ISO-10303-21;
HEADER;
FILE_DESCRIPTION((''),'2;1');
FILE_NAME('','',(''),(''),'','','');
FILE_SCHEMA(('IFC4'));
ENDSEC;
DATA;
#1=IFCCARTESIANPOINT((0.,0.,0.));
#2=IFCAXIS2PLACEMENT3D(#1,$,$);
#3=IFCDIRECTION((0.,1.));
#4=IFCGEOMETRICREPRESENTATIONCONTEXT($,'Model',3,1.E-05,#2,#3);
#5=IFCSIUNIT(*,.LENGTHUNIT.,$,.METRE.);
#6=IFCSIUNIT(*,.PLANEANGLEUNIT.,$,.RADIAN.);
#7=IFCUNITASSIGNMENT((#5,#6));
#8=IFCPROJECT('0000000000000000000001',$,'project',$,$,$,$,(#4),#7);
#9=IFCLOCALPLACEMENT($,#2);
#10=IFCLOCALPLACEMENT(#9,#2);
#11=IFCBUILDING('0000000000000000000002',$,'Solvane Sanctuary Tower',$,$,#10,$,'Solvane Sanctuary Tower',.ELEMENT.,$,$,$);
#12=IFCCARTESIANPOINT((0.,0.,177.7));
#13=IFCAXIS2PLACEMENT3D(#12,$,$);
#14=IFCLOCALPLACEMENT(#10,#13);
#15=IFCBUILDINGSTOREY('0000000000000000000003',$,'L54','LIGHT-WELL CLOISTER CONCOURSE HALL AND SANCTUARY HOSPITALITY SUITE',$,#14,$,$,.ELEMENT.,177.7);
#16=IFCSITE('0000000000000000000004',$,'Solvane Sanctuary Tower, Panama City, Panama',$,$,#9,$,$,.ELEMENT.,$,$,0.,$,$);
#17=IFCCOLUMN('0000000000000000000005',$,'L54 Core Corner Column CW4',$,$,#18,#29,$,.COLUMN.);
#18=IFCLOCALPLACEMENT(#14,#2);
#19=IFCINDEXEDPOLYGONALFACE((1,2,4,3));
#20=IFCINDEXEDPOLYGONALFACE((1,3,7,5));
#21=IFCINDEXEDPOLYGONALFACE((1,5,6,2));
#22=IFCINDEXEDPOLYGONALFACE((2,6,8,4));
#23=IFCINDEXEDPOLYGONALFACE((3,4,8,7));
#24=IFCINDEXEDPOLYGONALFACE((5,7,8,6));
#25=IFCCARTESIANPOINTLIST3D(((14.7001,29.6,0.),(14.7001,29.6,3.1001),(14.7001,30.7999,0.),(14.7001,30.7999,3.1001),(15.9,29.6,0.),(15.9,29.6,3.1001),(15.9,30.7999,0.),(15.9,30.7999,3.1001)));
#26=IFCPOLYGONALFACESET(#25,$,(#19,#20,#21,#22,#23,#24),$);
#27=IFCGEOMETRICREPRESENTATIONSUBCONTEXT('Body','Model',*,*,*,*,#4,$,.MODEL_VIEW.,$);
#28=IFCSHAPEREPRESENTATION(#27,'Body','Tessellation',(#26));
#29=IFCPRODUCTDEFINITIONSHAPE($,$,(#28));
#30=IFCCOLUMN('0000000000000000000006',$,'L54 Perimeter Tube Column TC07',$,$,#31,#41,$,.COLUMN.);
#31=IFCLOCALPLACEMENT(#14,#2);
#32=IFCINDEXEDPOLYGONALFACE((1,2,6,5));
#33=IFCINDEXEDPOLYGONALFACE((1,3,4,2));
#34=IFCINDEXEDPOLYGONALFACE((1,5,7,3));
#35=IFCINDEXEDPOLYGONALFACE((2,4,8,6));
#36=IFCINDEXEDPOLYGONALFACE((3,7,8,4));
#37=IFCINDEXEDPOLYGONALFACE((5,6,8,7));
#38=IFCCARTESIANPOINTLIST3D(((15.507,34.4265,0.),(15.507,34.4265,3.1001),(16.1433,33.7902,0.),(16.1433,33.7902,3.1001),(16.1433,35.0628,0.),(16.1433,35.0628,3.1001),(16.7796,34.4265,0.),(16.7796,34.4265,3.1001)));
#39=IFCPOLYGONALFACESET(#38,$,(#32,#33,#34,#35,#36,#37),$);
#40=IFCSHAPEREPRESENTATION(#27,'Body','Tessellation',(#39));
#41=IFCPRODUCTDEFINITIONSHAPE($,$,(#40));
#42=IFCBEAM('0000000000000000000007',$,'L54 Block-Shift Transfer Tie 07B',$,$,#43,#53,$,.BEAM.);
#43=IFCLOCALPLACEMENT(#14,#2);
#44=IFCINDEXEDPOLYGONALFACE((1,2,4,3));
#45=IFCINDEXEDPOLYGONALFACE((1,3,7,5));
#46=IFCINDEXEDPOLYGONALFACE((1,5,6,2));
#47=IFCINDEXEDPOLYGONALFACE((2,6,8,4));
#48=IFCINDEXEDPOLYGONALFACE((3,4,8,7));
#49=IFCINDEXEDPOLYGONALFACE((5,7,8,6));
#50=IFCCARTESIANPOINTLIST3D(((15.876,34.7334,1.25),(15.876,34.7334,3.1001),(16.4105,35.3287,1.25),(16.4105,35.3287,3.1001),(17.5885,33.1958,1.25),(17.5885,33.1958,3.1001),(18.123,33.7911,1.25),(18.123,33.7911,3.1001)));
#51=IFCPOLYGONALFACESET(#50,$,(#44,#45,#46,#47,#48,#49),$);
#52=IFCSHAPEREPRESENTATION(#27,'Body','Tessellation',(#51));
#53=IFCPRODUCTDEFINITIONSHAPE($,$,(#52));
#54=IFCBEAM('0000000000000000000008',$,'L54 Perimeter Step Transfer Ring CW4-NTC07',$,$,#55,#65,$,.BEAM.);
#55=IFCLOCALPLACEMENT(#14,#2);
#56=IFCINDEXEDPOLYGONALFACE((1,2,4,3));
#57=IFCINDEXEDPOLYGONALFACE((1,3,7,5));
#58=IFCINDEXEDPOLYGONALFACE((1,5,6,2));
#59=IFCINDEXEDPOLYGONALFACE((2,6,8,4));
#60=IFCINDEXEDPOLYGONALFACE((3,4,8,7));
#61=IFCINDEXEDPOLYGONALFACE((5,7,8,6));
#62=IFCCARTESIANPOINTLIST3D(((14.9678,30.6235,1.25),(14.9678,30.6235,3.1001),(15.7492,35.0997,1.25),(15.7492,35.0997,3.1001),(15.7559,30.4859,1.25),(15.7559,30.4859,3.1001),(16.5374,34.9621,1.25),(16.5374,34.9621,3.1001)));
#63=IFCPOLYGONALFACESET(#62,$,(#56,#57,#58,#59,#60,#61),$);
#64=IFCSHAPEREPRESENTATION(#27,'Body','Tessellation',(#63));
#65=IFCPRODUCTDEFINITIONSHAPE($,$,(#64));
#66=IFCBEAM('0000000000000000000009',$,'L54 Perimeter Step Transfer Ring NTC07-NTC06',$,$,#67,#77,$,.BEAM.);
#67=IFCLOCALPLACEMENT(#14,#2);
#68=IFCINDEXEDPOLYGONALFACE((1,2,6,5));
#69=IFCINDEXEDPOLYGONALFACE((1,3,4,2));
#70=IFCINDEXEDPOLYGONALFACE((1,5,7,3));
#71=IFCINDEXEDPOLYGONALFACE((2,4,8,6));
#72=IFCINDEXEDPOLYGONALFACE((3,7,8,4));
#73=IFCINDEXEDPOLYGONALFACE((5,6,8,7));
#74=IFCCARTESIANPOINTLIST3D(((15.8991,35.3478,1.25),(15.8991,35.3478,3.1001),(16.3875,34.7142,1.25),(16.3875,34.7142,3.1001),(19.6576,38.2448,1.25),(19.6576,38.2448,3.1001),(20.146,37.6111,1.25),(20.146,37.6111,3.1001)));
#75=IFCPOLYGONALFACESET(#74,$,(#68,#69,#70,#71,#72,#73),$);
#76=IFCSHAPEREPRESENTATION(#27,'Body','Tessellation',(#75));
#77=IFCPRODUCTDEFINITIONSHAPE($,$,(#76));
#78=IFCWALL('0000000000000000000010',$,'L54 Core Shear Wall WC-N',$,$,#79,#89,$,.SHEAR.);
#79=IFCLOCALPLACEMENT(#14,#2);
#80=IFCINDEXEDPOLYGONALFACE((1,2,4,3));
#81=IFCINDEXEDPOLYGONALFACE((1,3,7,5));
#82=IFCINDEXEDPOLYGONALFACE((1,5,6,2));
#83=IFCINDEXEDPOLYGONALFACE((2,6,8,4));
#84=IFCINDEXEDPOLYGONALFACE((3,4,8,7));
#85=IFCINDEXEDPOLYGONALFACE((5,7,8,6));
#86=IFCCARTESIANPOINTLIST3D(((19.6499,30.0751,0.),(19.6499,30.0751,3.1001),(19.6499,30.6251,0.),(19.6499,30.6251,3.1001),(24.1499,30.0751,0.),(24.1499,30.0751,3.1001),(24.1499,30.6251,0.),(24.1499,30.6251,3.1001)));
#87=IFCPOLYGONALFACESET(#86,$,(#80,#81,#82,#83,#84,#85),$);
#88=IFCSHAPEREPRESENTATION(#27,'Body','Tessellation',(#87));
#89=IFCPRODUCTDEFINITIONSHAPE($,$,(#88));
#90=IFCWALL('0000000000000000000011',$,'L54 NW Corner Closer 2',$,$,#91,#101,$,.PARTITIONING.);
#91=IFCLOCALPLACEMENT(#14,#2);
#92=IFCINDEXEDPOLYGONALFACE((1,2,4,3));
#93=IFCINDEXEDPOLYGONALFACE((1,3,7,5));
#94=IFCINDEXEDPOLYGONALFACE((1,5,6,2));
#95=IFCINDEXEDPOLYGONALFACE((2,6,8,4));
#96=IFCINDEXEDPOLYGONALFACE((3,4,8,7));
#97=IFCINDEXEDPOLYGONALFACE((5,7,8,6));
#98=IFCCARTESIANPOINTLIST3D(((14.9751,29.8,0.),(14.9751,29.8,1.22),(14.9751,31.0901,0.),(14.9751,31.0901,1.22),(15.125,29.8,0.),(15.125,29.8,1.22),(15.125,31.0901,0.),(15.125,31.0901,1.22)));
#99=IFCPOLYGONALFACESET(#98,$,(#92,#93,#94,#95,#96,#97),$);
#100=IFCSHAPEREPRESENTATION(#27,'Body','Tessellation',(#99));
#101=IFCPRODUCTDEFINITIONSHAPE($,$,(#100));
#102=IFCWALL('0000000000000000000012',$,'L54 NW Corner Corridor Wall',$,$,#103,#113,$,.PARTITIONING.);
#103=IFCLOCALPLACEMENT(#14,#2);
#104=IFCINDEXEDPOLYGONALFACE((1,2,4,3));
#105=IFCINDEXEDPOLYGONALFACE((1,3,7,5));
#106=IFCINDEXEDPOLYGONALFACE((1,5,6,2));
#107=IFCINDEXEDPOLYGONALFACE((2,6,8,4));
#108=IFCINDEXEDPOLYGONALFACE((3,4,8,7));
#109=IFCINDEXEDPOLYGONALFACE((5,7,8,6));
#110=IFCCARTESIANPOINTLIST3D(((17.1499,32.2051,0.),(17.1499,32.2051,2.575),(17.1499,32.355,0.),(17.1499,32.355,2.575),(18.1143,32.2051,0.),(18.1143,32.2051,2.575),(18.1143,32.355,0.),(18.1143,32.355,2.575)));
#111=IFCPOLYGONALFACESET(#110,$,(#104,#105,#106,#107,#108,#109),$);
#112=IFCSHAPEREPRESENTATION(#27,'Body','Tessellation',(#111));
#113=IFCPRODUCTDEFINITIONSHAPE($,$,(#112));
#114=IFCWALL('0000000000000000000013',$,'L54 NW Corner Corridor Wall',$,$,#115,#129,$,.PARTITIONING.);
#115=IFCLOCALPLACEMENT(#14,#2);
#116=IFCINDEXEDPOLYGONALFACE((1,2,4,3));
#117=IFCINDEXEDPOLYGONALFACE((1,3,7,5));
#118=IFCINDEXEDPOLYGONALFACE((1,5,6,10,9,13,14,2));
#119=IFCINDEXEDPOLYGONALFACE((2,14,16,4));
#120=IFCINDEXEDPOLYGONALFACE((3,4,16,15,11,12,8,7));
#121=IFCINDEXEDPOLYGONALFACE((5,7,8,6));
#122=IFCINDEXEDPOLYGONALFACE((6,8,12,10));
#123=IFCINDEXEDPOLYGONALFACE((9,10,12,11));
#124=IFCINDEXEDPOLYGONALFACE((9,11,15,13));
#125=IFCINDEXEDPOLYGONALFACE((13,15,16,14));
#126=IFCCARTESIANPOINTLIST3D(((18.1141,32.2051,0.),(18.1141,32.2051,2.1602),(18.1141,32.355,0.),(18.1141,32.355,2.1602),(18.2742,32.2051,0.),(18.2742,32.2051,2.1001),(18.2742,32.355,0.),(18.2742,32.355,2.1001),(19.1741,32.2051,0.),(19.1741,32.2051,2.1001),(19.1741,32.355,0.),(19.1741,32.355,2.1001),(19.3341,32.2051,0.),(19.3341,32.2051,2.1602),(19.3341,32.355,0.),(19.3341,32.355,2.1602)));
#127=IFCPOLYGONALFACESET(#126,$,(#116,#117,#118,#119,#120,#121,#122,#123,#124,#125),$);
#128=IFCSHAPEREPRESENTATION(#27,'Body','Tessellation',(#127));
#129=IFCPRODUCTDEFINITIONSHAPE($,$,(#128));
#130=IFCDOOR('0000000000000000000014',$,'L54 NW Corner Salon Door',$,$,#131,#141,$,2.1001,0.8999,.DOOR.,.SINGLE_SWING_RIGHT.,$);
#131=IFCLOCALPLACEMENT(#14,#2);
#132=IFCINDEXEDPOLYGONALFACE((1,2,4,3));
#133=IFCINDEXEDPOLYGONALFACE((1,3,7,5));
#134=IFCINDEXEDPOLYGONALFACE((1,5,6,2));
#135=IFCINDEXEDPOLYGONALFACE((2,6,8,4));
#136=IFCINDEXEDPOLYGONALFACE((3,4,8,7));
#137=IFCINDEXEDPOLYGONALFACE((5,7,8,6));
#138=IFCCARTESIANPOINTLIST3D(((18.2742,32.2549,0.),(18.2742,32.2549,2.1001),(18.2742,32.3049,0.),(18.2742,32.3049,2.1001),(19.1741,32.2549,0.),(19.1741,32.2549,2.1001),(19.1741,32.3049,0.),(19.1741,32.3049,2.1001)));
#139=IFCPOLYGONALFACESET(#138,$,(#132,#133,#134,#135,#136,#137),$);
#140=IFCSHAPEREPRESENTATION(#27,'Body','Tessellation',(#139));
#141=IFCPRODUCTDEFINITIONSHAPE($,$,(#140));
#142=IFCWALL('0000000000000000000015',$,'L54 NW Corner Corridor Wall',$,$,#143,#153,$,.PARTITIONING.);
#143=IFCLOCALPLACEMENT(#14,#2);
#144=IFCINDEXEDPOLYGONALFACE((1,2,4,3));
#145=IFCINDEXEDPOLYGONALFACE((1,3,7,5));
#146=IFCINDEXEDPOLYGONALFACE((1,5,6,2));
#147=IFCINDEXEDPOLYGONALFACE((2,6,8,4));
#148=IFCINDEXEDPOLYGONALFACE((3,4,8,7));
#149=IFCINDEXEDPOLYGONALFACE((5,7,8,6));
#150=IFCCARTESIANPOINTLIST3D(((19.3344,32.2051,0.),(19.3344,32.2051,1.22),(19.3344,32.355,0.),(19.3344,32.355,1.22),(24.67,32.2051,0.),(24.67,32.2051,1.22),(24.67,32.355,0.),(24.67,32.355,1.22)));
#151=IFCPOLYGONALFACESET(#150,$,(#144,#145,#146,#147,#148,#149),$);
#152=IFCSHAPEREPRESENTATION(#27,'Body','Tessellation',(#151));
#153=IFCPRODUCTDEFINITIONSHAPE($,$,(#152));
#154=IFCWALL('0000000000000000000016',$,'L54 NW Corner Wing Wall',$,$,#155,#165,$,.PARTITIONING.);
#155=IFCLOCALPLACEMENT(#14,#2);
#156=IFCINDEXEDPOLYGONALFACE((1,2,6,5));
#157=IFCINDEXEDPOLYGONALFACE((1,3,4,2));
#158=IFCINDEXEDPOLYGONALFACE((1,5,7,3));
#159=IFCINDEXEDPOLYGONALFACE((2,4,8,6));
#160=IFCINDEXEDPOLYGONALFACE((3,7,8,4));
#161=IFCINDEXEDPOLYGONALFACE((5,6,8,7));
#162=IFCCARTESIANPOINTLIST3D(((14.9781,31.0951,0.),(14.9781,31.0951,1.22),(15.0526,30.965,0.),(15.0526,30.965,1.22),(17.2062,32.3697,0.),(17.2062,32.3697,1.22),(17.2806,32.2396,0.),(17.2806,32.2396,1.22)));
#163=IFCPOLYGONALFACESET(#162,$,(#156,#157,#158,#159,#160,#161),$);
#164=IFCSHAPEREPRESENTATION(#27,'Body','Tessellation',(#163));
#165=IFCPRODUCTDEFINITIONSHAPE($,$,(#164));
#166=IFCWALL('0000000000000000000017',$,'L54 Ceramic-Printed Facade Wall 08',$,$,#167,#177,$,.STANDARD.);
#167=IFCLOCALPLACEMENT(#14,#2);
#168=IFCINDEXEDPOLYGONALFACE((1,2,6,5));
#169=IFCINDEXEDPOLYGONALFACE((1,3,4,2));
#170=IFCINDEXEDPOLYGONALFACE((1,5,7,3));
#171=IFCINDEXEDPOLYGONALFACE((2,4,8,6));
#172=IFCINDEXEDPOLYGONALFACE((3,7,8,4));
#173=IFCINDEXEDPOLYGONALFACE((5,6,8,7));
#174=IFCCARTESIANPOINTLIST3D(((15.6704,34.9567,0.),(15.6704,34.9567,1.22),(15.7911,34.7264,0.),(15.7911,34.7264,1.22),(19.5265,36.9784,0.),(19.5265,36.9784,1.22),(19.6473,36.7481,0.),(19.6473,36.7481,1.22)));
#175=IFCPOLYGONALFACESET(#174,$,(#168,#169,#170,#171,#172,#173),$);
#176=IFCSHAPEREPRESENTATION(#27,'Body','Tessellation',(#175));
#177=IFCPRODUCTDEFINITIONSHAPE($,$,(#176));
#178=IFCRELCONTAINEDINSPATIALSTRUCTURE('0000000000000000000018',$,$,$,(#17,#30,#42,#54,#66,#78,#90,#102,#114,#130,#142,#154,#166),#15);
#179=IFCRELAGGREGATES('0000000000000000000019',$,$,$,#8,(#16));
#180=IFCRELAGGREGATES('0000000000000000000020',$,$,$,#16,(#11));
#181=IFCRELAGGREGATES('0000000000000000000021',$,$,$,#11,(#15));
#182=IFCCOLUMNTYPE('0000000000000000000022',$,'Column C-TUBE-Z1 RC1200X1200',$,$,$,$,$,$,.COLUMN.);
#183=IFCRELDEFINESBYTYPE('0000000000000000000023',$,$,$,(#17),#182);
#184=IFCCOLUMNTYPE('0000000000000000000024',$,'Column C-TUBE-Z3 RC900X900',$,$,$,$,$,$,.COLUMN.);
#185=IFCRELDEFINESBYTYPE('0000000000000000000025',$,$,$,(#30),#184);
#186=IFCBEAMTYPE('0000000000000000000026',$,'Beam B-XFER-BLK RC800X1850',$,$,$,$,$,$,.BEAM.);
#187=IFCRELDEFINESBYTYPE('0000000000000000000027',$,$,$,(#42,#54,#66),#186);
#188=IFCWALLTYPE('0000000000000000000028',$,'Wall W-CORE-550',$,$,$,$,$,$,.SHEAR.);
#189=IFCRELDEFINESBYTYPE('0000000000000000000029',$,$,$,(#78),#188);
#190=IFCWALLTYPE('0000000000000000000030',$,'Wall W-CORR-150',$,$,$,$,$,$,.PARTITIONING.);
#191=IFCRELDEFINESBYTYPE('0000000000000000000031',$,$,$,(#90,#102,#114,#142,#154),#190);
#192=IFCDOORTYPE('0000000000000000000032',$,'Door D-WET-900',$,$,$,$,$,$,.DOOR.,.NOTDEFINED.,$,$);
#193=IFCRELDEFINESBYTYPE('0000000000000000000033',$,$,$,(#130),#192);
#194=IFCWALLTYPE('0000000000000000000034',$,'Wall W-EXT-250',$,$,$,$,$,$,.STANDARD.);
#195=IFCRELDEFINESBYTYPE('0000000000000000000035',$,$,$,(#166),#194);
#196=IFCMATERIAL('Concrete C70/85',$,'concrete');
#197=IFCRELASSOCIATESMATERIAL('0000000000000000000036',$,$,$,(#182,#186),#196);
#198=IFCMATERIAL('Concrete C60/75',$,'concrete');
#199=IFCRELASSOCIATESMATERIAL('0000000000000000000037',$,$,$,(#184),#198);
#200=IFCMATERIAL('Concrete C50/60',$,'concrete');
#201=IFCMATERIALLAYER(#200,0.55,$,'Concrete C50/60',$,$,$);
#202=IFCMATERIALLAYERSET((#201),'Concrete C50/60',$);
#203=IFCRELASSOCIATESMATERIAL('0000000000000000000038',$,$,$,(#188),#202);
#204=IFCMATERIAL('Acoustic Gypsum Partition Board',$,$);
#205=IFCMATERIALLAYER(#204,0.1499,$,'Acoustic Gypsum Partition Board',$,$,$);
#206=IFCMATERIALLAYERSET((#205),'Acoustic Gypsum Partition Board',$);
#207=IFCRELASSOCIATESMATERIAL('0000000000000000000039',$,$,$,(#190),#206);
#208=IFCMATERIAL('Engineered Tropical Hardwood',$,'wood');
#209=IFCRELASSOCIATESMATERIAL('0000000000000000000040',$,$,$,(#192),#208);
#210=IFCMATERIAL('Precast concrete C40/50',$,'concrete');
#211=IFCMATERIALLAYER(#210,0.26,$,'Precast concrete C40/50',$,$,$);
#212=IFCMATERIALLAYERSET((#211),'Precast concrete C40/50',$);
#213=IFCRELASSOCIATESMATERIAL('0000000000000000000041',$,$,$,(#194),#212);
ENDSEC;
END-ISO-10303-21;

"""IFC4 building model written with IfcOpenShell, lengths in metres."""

from ifc_helpers import new_model, si_unit, direction, frame, frame_2d, origin, origin_2d, place, context, subcontext, project, spatial, rectangle, extrude, material, layer, layer_set, material_profile, profile_set, type_object, element, fill, save


model = new_model("IFC4")

# Units and contexts
model_context = context("Model", 3, precision=1e-05, world=origin(), true_north=direction((0.0, 1.0)))
body_context = subcontext(model_context, "Body", "Model", "MODEL_VIEW")
ifc_project = project(units=[si_unit("LENGTHUNIT", "METRE"), si_unit("PLANEANGLEUNIT", "RADIAN")], contexts=[model_context])

# Site, building, storey
site_placement = place(None, origin())
site = spatial("IfcSite", under=ifc_project, at=site_placement, Name="Solvane Sanctuary Tower, Panama City, Panama", CompositionType="ELEMENT", RefElevation=0.0)
building_placement = place(site_placement, origin())
building = spatial("IfcBuilding", under=site, at=building_placement, Name="Solvane Sanctuary Tower", LongName="Solvane Sanctuary Tower", CompositionType="ELEMENT")
storey_placement = place(building_placement, frame((0.0, 0.0, 177.7)))
storey = spatial("IfcBuildingStorey", under=building, at=storey_placement, Name="L54", Description="LIGHT-WELL CLOISTER CONCOURSE HALL AND SANCTUARY HOSPITALITY SUITE", CompositionType="ELEMENT", Elevation=177.7)

# Columns
ifc_material_1 = material(Name="Concrete C70/85", Category="concrete")
ifc_material_profile_1 = material_profile(ifc_material_1, rectangle(XDim=1.2, YDim=1.2, at=origin_2d()), Name="RC1200X1200")
ifc_profile_set_1 = profile_set([ifc_material_profile_1], Name="Concrete C70/85")
column_type_1 = type_object("IfcColumnType", Name="Column C-TUBE-Z1 RC1200X1200", PredefinedType="COLUMN", material=ifc_profile_set_1)
column_1_placement = place(storey_placement, frame((15.3, 30.2, 0.0), z_axis=(0.0, 0.0, 1.0), x_axis=(1.0, 0.0, 0.0)))
element("IfcColumn", 1, at=column_1_placement, inside=storey, type_object=column_type_1, Name="L54 Core Corner Column CW4", PredefinedType="COLUMN", context=body_context, shape_type="SweptSolid", body=[
    extrude(rectangle(XDim=1.2, YDim=1.2, at=origin_2d()), origin(), (0.0, 0.0, 1.0), 3.1001),
])
ifc_material_2 = material(Name="Concrete C60/75", Category="concrete")
ifc_material_profile_2 = material_profile(ifc_material_2, rectangle(XDim=0.8999, YDim=0.8999, at=origin_2d()), Name="RC900X900")
ifc_profile_set_2 = profile_set([ifc_material_profile_2], Name="Concrete C60/75")
column_type_2 = type_object("IfcColumnType", Name="Column C-TUBE-Z3 RC900X900", PredefinedType="COLUMN", material=ifc_profile_set_2)
column_2_placement = place(storey_placement, frame((16.1433, 34.4265, 0.0), z_axis=(0.0, 0.0, 1.0), x_axis=(-0.707107, 0.707107, 0.0)))
element("IfcColumn", 2, at=column_2_placement, inside=storey, type_object=column_type_2, Name="L54 Perimeter Tube Column TC07", PredefinedType="COLUMN", context=body_context, shape_type="SweptSolid", body=[
    extrude(rectangle(XDim=0.8999, YDim=0.8999, at=origin_2d()), origin(), (0.0, 0.0, 1.0), 3.1001),
])

# Beams
ifc_material_profile_3 = material_profile(ifc_material_1, rectangle(XDim=0.8, YDim=1.8501, at=origin_2d()), Name="RC800X1850")
ifc_profile_set_3 = profile_set([ifc_material_profile_3], Name="Concrete C70/85")
beam_type = type_object("IfcBeamType", Name="Beam B-XFER-BLK RC800X1850", PredefinedType="BEAM", material=ifc_profile_set_3)
beam_1_placement = place(storey_placement, frame((17.8557, 33.4934, 2.175), z_axis=(-0.744064, 0.668109, 0.0), x_axis=(-0.668109, -0.744064, 0.0)))
element("IfcBeam", 3, at=beam_1_placement, inside=storey, type_object=beam_type, Name="L54 Block-Shift Transfer Tie 07B", PredefinedType="BEAM", context=body_context, shape_type="SweptSolid", body=[
    extrude(rectangle(XDim=0.8, YDim=1.8501, at=origin_2d()), origin(), (0.0, 0.0, 1.0), 2.3015),
])
beam_2_placement = place(storey_placement, frame((15.3618, 30.5547, 2.175), z_axis=(0.171983, 0.9851, 0.0), x_axis=(-0.9851, 0.171983, 0.0)))
element("IfcBeam", 4, at=beam_2_placement, inside=storey, type_object=beam_type, Name="L54 Perimeter Step Transfer Ring CW4-NTC07", PredefinedType="BEAM", context=body_context, shape_type="SweptSolid", body=[
    extrude(rectangle(XDim=0.8, YDim=1.8501, at=origin_2d()), origin(), (0.0, 0.0, 1.0), 4.5439),
])
beam_3_placement = place(storey_placement, frame((16.1433, 35.031, 2.175), z_axis=(0.792035, 0.610476, 0.0), x_axis=(-0.610476, 0.792035, 0.0)))
element("IfcBeam", 5, at=beam_3_placement, inside=storey, type_object=beam_type, Name="L54 Perimeter Step Transfer Ring NTC07-NTC06", PredefinedType="BEAM", context=body_context, shape_type="SweptSolid", body=[
    extrude(rectangle(XDim=0.8, YDim=1.8501, at=origin_2d()), origin(), (0.0, 0.0, 1.0), 4.7454),
])

# Walls
ifc_material_3 = material(Name="Concrete C50/60", Category="concrete")
ifc_layer_1 = layer(ifc_material_3, 0.55, Name="Concrete C50/60")
ifc_layer_set_1 = layer_set([ifc_layer_1], Name="Concrete C50/60")
wall_type_1 = type_object("IfcWallType", Name="Wall W-CORE-550", PredefinedType="SHEAR", material=ifc_layer_set_1)
wall_1_placement = place(storey_placement, frame((19.6499, 30.3501, 0.0), z_axis=(0.0, 0.0, 1.0), x_axis=(1.0, 0.0, 0.0)))
element("IfcWall", 6, at=wall_1_placement, inside=storey, type_object=wall_type_1, Name="L54 Core Shear Wall WC-N", PredefinedType="SHEAR", context=body_context, shape_type="SweptSolid", body=[
    extrude(rectangle(XDim=4.5, YDim=0.55, at=frame_2d((2.25, 0.0))), origin(), (0.0, 0.0, 1.0), 3.1001),
])
ifc_material_4 = material(Name="Acoustic Gypsum Partition Board")
ifc_layer_2 = layer(ifc_material_4, 0.1499, Name="Acoustic Gypsum Partition Board")
ifc_layer_set_2 = layer_set([ifc_layer_2], Name="Acoustic Gypsum Partition Board")
wall_type_2 = type_object("IfcWallType", Name="Wall W-CORR-150", PredefinedType="PARTITIONING", material=ifc_layer_set_2)
wall_2_placement = place(storey_placement, frame((15.05, 29.8, 0.0), z_axis=(0.0, 0.0, 1.0), x_axis=(0.0, 1.0, 0.0)))
element("IfcWall", 7, at=wall_2_placement, inside=storey, type_object=wall_type_2, Name="L54 NW Corner Closer 2", PredefinedType="PARTITIONING", context=body_context, shape_type="SweptSolid", body=[
    extrude(rectangle(XDim=1.29, YDim=0.1499, at=frame_2d((0.645, 0.0))), origin(), (0.0, 0.0, 1.0), 1.22),
])
wall_3_placement = place(storey_placement, frame((17.1499, 32.28, 0.0), z_axis=(0.0, 0.0, 1.0), x_axis=(1.0, 0.0, 0.0)))
element("IfcWall", 8, at=wall_3_placement, inside=storey, type_object=wall_type_2, Name="L54 NW Corner Corridor Wall", PredefinedType="PARTITIONING", context=body_context, shape_type="SweptSolid", body=[
    extrude(rectangle(XDim=0.9644, YDim=0.1499, at=frame_2d((0.4822, 0.0))), origin(), (0.0, 0.0, 1.0), 2.575),
])

# Wall, opening, door
wall_4_placement = place(storey_placement, frame((18.1143, 32.28, 0.0), z_axis=(0.0, 0.0, 1.0), x_axis=(1.0, 0.0, 0.0)))
wall_4 = element("IfcWall", 9, at=wall_4_placement, inside=storey, type_object=wall_type_2, Name="L54 NW Corner Corridor Wall", PredefinedType="PARTITIONING", context=body_context, shape_type="SweptSolid", body=[
    extrude(rectangle(XDim=1.22, YDim=0.1499, at=frame_2d((0.6099, 0.0))), origin(), (0.0, 0.0, 1.0), 2.1602),
])
opening_1_placement = place(wall_4_placement, frame((0.1599, 0.0, 0.0)))
opening_1 = element("IfcOpeningElement", 10, at=opening_1_placement, cuts=wall_4, PredefinedType="OPENING", context=body_context, shape_type="SweptSolid", body=[
    extrude(rectangle(XDim=0.8999, YDim=2.1001, at=frame_2d((0.45, 1.05))), frame((0.0, 0.085, 0.0), z_axis=(0.0, -1.0, 0.0), x_axis=(1.0, 0.0, 0.0)), (0.0, 0.0, 1.0), 0.1699),
])
ifc_material_5 = material(Name="Engineered Tropical Hardwood", Category="wood")
door_type_1 = type_object("IfcDoorType", Name="Door D-WET-900", OperationType="NOTDEFINED", PredefinedType="DOOR", material=ifc_material_5)
door_1_placement = place(opening_1_placement, origin())
door_1 = element("IfcDoor", 11, at=door_1_placement, inside=storey, type_object=door_type_1, Name="L54 NW Corner Salon Door", OperationType="SINGLE_SWING_RIGHT", OverallHeight=2.1001, OverallWidth=0.8999, PredefinedType="DOOR", context=body_context, shape_type="SweptSolid", body=[
    extrude(rectangle(XDim=0.8999, YDim=2.1001, at=frame_2d((0.45, 1.05))), frame((0.0, 0.0249, 0.0), z_axis=(0.0, -1.0, 0.0), x_axis=(1.0, 0.0, 0.0)), (0.0, 0.0, 1.0), 0.05),
])
fill(opening_1, door_1)

# Walls
wall_5_placement = place(storey_placement, frame((19.3342, 32.28, 0.0), z_axis=(0.0, 0.0, 1.0), x_axis=(1.0, 0.0, 0.0)))
element("IfcWall", 12, at=wall_5_placement, inside=storey, type_object=wall_type_2, Name="L54 NW Corner Corridor Wall", PredefinedType="PARTITIONING", context=body_context, shape_type="SweptSolid", body=[
    extrude(rectangle(XDim=5.3357, YDim=0.1499, at=frame_2d((2.668, 0.0))), origin(), (0.0, 0.0, 1.0), 1.22),
])
wall_6_placement = place(storey_placement, frame((17.2434, 32.3047, 0.0), z_axis=(0.0, 0.0, 1.0), x_axis=(-0.867991, -0.496579, 0.0)))
element("IfcWall", 13, at=wall_6_placement, inside=storey, type_object=wall_type_2, Name="L54 NW Corner Wing Wall", PredefinedType="PARTITIONING", context=body_context, shape_type="SweptSolid", body=[
    extrude(rectangle(XDim=2.5669, YDim=0.1499, at=frame_2d((1.2834, 0.0))), origin(), (0.0, 0.0, 1.0), 1.22),
])
ifc_material_6 = material(Name="Precast concrete C40/50", Category="concrete")
ifc_layer_3 = layer(ifc_material_6, 0.26, Name="Precast concrete C40/50")
ifc_layer_set_3 = layer_set([ifc_layer_3], Name="Precast concrete C40/50")
wall_type_3 = type_object("IfcWallType", Name="Wall W-EXT-250", PredefinedType="STANDARD", material=ifc_layer_set_3)
wall_7_placement = place(storey_placement, frame((19.5869, 36.8633, 0.0), z_axis=(0.0, 0.0, 1.0), x_axis=(-0.88566, -0.464334, 0.0)))
element("IfcWall", 14, at=wall_7_placement, inside=storey, type_object=wall_type_3, Name="L54 Ceramic-Printed Facade Wall 08", PredefinedType="STANDARD", context=body_context, shape_type="SweptSolid", body=[
    extrude(rectangle(XDim=4.354, YDim=0.26, at=frame_2d((2.177, 0.0))), origin(), (0.0, 0.0, 1.0), 1.22),
])

save(model, "model.ifc")
